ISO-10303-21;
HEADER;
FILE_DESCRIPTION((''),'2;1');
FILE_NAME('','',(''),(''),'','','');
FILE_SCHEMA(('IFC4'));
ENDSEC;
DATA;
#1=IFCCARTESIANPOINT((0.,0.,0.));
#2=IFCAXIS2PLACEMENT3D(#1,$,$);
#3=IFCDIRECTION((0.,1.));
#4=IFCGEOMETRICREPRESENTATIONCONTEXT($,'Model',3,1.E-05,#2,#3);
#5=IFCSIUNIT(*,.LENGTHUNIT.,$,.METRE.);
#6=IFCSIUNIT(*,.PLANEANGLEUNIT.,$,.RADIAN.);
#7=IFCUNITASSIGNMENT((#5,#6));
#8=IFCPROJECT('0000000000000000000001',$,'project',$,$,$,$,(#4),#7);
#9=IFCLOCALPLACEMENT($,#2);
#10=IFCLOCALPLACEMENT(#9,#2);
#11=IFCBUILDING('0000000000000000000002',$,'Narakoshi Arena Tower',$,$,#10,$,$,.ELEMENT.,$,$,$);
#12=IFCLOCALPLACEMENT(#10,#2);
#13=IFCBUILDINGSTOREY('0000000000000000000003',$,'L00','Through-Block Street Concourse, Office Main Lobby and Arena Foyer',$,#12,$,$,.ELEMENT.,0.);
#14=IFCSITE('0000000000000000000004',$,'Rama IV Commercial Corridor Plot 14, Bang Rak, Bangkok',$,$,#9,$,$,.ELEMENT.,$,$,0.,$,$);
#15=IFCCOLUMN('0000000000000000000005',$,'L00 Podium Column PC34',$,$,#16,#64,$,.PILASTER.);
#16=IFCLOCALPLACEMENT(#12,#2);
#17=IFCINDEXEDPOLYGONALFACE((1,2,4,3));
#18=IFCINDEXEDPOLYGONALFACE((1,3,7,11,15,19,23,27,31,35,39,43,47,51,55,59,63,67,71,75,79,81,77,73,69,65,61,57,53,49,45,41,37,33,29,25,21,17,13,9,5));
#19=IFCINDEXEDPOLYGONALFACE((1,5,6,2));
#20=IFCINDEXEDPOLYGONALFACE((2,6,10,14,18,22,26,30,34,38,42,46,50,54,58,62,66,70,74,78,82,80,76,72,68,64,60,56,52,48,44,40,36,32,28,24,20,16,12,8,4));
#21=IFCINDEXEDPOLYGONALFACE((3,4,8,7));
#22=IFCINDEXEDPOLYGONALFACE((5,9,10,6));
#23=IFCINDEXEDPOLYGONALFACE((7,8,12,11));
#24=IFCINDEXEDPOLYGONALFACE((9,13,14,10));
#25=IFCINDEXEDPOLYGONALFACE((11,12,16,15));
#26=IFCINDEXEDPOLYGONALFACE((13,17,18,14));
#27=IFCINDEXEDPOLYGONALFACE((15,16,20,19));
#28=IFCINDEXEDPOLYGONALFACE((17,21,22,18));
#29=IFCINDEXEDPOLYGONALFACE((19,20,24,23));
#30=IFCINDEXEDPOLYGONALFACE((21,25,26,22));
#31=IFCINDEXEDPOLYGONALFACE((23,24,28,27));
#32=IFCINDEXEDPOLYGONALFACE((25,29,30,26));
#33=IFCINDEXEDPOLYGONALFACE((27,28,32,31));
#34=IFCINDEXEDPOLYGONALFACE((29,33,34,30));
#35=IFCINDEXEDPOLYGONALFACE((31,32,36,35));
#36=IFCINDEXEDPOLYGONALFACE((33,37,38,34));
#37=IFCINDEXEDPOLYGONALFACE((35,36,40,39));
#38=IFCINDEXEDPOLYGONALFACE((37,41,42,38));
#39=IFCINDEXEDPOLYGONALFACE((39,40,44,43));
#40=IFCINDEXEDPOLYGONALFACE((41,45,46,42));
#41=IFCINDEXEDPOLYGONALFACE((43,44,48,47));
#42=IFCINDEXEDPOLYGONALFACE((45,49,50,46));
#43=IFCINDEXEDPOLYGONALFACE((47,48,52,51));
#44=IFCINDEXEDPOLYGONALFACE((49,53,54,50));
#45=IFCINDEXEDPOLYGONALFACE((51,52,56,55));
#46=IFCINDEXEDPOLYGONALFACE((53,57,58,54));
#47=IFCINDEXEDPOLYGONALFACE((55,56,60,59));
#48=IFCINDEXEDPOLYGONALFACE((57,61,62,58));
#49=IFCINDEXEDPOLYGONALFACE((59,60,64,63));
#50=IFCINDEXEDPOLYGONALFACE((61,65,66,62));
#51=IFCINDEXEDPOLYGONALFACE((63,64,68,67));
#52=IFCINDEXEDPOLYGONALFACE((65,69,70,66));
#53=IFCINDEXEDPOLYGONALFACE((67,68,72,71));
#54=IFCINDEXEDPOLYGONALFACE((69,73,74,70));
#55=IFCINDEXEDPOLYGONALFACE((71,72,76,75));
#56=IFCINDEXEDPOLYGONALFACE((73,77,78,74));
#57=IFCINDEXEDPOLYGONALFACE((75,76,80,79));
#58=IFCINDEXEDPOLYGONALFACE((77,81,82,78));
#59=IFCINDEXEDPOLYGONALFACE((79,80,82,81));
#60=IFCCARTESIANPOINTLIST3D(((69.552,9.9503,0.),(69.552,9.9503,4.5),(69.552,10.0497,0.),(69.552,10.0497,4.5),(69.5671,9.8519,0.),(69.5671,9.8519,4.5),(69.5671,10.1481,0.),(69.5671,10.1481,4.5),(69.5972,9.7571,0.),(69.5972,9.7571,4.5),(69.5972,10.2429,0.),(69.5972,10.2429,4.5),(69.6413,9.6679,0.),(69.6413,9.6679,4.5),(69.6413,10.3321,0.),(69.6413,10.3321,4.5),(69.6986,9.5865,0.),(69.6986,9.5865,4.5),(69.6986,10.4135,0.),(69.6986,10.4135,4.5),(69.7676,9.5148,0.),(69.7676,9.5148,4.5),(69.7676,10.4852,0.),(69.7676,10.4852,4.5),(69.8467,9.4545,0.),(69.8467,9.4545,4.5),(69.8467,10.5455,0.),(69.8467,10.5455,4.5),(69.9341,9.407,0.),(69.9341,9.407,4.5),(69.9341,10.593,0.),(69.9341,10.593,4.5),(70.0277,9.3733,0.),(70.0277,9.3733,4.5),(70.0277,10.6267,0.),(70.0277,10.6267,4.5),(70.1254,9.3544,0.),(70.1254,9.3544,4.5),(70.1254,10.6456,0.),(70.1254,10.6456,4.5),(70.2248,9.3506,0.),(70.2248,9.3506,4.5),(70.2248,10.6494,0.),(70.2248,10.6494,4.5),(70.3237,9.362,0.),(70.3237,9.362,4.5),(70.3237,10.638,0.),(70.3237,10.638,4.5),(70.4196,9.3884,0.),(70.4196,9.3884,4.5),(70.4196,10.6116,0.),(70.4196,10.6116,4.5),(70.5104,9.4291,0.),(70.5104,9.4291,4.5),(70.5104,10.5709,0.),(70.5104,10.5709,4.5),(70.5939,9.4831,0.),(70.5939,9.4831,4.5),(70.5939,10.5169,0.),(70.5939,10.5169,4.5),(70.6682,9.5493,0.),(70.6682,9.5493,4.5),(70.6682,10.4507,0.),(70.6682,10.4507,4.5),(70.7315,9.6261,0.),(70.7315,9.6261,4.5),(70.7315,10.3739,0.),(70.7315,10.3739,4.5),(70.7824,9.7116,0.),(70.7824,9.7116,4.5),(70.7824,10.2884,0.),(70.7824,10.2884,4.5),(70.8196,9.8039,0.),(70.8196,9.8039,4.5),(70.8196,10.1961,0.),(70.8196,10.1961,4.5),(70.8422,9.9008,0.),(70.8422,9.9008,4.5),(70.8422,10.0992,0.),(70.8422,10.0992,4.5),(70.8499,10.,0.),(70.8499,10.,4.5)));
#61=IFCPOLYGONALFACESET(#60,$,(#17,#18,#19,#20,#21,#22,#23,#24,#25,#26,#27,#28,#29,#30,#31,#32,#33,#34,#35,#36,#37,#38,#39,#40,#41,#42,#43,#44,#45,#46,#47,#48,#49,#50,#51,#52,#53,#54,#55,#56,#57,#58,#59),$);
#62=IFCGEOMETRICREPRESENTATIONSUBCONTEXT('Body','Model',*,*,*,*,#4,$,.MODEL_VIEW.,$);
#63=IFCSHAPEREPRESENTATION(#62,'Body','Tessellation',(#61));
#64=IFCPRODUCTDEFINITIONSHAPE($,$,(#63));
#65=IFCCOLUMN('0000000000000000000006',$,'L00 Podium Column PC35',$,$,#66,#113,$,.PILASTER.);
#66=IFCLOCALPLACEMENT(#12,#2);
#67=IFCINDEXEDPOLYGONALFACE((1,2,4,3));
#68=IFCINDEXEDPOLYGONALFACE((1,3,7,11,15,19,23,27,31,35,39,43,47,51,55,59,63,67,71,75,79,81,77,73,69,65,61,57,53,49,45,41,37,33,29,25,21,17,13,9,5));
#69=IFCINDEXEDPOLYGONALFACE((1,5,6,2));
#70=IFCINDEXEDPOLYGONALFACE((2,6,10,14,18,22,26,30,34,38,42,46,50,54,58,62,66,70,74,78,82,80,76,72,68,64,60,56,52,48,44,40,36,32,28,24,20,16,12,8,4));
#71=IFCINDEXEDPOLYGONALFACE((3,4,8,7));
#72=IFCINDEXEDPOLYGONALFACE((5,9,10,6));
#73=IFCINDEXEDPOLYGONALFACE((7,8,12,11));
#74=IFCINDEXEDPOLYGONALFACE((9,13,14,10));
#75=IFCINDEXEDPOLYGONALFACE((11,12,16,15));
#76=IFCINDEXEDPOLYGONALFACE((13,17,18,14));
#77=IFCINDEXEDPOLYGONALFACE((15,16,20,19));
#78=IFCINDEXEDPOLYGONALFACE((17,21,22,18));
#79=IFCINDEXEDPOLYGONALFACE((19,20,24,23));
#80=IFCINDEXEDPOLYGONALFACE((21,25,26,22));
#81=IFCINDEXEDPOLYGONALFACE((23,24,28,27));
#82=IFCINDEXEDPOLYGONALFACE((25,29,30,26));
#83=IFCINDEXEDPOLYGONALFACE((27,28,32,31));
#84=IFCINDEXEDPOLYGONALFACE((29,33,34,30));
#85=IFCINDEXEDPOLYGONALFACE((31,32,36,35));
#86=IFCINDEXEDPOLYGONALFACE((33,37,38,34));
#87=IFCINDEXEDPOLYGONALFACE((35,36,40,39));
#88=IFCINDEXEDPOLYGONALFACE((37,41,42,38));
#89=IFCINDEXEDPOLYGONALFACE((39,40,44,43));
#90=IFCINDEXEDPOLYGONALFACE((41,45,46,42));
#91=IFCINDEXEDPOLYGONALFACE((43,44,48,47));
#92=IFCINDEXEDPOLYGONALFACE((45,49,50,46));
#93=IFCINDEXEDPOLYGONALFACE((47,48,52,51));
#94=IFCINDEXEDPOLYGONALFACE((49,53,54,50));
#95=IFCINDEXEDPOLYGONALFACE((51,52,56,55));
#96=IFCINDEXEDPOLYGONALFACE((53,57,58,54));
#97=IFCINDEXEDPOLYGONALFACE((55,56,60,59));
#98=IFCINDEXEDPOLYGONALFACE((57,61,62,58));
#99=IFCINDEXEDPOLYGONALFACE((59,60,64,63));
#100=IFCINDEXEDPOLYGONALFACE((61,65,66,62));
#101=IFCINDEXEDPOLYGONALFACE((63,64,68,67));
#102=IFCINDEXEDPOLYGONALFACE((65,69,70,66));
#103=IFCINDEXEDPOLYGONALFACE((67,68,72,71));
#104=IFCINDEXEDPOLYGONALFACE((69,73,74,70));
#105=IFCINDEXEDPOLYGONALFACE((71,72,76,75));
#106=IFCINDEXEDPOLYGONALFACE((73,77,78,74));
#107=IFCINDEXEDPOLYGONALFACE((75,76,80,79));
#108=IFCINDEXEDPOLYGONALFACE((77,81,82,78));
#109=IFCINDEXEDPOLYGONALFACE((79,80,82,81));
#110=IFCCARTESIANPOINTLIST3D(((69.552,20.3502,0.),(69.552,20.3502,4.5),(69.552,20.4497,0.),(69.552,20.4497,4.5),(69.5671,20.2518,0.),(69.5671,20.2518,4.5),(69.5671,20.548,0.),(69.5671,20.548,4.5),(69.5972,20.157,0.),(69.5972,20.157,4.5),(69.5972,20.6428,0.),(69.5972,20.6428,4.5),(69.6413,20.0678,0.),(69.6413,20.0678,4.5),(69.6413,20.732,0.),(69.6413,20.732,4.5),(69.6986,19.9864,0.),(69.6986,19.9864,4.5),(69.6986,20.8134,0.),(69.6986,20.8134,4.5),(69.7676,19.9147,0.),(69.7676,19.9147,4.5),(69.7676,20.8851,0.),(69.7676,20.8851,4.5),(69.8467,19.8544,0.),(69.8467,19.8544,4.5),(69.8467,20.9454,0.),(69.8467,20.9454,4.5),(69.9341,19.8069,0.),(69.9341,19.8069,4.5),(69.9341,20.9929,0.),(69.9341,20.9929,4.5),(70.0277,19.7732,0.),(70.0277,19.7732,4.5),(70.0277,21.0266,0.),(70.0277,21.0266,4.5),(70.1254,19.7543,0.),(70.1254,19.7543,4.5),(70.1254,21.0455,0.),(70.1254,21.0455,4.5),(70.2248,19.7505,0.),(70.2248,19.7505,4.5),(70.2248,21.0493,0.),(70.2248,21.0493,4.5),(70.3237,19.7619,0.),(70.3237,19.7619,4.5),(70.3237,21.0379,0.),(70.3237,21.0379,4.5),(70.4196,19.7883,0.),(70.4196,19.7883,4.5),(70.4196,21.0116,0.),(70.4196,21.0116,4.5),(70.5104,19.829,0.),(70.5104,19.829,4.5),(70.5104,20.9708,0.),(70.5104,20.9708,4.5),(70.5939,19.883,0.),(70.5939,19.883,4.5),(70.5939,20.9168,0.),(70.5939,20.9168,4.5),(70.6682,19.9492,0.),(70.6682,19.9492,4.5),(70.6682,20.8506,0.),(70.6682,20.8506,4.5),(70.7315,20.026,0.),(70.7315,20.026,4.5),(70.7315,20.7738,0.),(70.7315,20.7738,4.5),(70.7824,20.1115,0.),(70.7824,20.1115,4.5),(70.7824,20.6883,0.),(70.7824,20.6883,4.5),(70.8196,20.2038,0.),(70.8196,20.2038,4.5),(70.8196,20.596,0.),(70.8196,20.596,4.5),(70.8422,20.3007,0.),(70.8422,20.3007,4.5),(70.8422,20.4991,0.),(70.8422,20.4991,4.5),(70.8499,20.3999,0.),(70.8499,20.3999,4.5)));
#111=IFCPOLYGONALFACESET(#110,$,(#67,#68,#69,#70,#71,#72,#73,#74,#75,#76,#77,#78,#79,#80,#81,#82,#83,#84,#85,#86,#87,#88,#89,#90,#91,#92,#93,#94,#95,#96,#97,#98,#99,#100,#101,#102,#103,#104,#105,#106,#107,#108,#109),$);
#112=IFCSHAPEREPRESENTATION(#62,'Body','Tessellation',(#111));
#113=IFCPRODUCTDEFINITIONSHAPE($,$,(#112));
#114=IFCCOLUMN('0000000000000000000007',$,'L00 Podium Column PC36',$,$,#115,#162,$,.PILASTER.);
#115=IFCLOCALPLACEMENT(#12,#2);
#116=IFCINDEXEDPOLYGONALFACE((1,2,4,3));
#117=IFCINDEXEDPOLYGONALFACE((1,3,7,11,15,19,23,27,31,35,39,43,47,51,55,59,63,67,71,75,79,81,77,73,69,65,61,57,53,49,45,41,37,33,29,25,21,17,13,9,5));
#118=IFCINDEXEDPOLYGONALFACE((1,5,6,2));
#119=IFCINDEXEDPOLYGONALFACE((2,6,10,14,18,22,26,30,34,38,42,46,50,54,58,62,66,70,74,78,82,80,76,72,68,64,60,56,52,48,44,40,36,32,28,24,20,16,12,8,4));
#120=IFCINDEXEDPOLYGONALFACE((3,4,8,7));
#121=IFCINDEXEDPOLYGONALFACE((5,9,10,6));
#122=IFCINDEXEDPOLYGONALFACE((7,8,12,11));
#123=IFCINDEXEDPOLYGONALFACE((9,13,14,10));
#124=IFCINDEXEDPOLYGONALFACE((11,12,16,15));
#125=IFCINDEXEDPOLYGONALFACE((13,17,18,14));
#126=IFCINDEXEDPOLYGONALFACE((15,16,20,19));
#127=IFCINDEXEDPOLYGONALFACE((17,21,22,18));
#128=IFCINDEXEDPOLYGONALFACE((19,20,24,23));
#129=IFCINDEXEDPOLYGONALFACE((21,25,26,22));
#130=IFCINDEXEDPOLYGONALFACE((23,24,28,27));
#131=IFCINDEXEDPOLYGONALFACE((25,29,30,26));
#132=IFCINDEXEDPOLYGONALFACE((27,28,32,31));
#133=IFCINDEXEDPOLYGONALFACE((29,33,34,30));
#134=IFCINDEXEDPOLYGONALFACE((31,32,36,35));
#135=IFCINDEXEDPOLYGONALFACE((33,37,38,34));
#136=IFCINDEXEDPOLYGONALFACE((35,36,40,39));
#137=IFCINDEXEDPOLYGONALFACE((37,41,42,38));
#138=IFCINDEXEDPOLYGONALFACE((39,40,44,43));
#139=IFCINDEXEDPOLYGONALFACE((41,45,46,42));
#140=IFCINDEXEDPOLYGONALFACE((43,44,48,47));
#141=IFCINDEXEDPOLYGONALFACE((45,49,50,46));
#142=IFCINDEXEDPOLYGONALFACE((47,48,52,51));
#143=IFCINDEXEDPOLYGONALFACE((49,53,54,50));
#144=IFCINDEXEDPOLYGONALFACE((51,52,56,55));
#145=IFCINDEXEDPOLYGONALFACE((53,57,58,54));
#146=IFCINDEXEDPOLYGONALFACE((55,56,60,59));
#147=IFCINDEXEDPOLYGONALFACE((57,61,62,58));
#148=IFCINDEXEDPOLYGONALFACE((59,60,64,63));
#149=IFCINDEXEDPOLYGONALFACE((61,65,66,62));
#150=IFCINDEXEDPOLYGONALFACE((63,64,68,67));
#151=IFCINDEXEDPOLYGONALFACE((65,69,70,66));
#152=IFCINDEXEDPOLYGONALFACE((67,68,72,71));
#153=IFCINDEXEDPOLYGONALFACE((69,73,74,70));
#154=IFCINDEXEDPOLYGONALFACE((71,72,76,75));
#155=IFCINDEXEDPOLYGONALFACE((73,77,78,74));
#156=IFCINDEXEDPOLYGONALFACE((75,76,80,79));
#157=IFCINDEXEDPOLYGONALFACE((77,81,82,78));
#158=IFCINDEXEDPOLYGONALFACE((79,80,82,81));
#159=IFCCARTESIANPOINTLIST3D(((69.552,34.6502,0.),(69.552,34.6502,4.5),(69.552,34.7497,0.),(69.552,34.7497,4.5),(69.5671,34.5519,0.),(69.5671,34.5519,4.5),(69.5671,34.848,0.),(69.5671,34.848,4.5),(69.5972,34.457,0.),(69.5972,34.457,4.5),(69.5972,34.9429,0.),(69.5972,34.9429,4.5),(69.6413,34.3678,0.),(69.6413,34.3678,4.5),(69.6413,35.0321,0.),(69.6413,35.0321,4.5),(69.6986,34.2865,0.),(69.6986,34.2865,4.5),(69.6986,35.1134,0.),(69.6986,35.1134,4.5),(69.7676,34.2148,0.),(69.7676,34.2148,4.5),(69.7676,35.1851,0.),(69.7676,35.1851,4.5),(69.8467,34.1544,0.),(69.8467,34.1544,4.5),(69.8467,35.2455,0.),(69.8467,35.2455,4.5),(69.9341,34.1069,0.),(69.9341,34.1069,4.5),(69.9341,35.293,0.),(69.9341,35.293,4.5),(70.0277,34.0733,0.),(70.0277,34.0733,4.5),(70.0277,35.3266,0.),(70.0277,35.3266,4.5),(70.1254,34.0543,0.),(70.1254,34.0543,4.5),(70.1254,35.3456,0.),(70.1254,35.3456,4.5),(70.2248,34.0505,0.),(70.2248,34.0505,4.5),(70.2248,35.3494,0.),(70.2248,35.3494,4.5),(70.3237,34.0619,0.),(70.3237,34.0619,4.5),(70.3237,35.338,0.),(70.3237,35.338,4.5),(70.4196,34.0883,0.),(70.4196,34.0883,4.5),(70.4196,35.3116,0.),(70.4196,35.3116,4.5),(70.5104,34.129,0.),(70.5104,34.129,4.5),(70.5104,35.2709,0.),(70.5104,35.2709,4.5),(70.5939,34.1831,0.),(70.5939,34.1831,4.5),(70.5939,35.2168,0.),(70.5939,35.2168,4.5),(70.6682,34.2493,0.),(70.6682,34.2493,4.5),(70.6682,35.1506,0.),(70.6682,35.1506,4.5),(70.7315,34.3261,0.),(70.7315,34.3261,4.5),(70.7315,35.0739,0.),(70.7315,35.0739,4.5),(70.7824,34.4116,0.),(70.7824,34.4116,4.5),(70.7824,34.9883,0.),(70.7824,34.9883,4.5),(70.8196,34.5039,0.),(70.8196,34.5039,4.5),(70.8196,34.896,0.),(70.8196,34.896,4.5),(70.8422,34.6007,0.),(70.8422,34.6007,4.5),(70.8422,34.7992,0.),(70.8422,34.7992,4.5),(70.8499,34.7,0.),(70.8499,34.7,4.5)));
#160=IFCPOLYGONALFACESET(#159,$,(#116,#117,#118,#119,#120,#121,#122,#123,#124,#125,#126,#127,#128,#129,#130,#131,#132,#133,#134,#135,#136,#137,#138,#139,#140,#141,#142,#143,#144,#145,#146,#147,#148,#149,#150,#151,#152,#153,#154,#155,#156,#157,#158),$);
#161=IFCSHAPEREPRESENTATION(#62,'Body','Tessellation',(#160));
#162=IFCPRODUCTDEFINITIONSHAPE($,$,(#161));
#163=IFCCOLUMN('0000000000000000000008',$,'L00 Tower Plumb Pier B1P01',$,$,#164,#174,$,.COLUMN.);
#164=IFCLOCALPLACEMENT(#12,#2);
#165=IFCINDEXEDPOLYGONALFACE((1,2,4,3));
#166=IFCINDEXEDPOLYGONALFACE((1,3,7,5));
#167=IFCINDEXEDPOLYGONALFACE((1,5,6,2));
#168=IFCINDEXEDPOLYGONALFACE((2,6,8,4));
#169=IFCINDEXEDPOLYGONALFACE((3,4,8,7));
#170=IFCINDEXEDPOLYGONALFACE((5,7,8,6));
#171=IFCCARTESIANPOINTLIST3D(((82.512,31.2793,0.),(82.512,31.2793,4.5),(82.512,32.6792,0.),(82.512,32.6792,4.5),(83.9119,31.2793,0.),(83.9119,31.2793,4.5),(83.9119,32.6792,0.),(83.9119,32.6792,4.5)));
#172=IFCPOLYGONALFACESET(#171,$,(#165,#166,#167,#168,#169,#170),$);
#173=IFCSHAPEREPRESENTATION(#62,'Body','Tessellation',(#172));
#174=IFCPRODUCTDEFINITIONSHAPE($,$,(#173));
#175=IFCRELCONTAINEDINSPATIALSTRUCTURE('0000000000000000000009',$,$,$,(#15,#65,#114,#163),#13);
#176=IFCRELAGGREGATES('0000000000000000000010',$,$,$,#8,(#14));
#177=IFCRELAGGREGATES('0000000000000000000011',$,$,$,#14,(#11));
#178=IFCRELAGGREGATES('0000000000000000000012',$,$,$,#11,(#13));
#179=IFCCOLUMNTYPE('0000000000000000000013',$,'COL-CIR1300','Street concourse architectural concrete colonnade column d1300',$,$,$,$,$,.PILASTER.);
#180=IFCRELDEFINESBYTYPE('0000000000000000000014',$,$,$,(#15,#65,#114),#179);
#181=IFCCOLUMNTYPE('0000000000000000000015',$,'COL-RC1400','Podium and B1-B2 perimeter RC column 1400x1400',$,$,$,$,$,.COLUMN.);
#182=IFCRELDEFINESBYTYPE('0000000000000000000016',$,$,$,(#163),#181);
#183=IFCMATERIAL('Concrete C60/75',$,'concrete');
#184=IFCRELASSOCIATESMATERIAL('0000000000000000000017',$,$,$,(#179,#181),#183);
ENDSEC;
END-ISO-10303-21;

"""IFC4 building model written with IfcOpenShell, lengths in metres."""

from ifc_helpers import new_model, si_unit, direction, frame, origin, origin_2d, place, context, subcontext, project, spatial, rectangle, circle, extrude, material, material_profile, profile_set, type_object, element, save


model = new_model("IFC4")

# Units and contexts
model_context = context("Model", 3, precision=1e-05, world=origin(), true_north=direction((0.0, 1.0)))
body_context = subcontext(model_context, "Body", "Model", "MODEL_VIEW")
ifc_project = project(units=[si_unit("LENGTHUNIT", "METRE"), si_unit("PLANEANGLEUNIT", "RADIAN")], contexts=[model_context])

# Site, building, storey
site_placement = place(None, origin())
site = spatial("IfcSite", under=ifc_project, at=site_placement, Name="Rama IV Commercial Corridor Plot 14, Bang Rak, Bangkok", CompositionType="ELEMENT", RefElevation=0.0)
building_placement = place(site_placement, origin())
building = spatial("IfcBuilding", under=site, at=building_placement, Name="Narakoshi Arena Tower", CompositionType="ELEMENT")
storey_placement = place(building_placement, origin())
storey = spatial("IfcBuildingStorey", under=building, at=storey_placement, Name="L00", Description="Through-Block Street Concourse, Office Main Lobby and Arena Foyer", CompositionType="ELEMENT", Elevation=0.0)

# Columns
ifc_material_1 = material(Name="Concrete C60/75", Category="concrete")
ifc_material_profile_1 = material_profile(ifc_material_1, circle(Radius=0.6499, at=origin_2d()), Name="RCC1300")
ifc_profile_set_1 = profile_set([ifc_material_profile_1], Name="Concrete C60/75")
column_type_1 = type_object("IfcColumnType", Name="COL-CIR1300", Description="Street concourse architectural concrete colonnade column d1300", PredefinedType="PILASTER", material=ifc_profile_set_1)
for number, where, z_axis, x_axis, name in (
    (1, (70.2, 10.0, 0.0), (0.0, 0.0, 1.0), (1.0, 0.0, 0.0), "L00 Podium Column PC34"),
    (2, (70.2, 20.3999, 0.0), (0.0, 0.0, 1.0), (1.0, 0.0, 0.0), "L00 Podium Column PC35"),
    (3, (70.2, 34.7, 0.0), (0.0, 0.0, 1.0), (1.0, 0.0, 0.0), "L00 Podium Column PC36"),
):
    element("IfcColumn", number, at=place(storey_placement, frame(where, z_axis=z_axis, x_axis=x_axis)), inside=storey, type_object=column_type_1, Name=name, PredefinedType="PILASTER", context=body_context, shape_type="SweptSolid", body=[
        extrude(circle(Radius=0.6499, at=origin_2d()), origin(), (0.0, 0.0, 1.0), 4.5),
    ])
ifc_material_profile_2 = material_profile(ifc_material_1, rectangle(XDim=1.3999, YDim=1.3999, at=origin_2d()), Name="RC1400x1400")
ifc_profile_set_2 = profile_set([ifc_material_profile_2], Name="Concrete C60/75")
column_type_2 = type_object("IfcColumnType", Name="COL-RC1400", Description="Podium and B1-B2 perimeter RC column 1400x1400", PredefinedType="COLUMN", material=ifc_profile_set_2)
column_placement = place(storey_placement, frame((83.2119, 31.9792, 0.0), z_axis=(0.0, 0.0, 1.0), x_axis=(1.0, 0.0, 0.0)))
element("IfcColumn", 4, at=column_placement, inside=storey, type_object=column_type_2, Name="L00 Tower Plumb Pier B1P01", PredefinedType="COLUMN", context=body_context, shape_type="SweptSolid", body=[
    extrude(rectangle(XDim=1.3999, YDim=1.3999, at=origin_2d()), origin(), (0.0, 0.0, 1.0), 4.5),
])

save(model, "model.ifc")
